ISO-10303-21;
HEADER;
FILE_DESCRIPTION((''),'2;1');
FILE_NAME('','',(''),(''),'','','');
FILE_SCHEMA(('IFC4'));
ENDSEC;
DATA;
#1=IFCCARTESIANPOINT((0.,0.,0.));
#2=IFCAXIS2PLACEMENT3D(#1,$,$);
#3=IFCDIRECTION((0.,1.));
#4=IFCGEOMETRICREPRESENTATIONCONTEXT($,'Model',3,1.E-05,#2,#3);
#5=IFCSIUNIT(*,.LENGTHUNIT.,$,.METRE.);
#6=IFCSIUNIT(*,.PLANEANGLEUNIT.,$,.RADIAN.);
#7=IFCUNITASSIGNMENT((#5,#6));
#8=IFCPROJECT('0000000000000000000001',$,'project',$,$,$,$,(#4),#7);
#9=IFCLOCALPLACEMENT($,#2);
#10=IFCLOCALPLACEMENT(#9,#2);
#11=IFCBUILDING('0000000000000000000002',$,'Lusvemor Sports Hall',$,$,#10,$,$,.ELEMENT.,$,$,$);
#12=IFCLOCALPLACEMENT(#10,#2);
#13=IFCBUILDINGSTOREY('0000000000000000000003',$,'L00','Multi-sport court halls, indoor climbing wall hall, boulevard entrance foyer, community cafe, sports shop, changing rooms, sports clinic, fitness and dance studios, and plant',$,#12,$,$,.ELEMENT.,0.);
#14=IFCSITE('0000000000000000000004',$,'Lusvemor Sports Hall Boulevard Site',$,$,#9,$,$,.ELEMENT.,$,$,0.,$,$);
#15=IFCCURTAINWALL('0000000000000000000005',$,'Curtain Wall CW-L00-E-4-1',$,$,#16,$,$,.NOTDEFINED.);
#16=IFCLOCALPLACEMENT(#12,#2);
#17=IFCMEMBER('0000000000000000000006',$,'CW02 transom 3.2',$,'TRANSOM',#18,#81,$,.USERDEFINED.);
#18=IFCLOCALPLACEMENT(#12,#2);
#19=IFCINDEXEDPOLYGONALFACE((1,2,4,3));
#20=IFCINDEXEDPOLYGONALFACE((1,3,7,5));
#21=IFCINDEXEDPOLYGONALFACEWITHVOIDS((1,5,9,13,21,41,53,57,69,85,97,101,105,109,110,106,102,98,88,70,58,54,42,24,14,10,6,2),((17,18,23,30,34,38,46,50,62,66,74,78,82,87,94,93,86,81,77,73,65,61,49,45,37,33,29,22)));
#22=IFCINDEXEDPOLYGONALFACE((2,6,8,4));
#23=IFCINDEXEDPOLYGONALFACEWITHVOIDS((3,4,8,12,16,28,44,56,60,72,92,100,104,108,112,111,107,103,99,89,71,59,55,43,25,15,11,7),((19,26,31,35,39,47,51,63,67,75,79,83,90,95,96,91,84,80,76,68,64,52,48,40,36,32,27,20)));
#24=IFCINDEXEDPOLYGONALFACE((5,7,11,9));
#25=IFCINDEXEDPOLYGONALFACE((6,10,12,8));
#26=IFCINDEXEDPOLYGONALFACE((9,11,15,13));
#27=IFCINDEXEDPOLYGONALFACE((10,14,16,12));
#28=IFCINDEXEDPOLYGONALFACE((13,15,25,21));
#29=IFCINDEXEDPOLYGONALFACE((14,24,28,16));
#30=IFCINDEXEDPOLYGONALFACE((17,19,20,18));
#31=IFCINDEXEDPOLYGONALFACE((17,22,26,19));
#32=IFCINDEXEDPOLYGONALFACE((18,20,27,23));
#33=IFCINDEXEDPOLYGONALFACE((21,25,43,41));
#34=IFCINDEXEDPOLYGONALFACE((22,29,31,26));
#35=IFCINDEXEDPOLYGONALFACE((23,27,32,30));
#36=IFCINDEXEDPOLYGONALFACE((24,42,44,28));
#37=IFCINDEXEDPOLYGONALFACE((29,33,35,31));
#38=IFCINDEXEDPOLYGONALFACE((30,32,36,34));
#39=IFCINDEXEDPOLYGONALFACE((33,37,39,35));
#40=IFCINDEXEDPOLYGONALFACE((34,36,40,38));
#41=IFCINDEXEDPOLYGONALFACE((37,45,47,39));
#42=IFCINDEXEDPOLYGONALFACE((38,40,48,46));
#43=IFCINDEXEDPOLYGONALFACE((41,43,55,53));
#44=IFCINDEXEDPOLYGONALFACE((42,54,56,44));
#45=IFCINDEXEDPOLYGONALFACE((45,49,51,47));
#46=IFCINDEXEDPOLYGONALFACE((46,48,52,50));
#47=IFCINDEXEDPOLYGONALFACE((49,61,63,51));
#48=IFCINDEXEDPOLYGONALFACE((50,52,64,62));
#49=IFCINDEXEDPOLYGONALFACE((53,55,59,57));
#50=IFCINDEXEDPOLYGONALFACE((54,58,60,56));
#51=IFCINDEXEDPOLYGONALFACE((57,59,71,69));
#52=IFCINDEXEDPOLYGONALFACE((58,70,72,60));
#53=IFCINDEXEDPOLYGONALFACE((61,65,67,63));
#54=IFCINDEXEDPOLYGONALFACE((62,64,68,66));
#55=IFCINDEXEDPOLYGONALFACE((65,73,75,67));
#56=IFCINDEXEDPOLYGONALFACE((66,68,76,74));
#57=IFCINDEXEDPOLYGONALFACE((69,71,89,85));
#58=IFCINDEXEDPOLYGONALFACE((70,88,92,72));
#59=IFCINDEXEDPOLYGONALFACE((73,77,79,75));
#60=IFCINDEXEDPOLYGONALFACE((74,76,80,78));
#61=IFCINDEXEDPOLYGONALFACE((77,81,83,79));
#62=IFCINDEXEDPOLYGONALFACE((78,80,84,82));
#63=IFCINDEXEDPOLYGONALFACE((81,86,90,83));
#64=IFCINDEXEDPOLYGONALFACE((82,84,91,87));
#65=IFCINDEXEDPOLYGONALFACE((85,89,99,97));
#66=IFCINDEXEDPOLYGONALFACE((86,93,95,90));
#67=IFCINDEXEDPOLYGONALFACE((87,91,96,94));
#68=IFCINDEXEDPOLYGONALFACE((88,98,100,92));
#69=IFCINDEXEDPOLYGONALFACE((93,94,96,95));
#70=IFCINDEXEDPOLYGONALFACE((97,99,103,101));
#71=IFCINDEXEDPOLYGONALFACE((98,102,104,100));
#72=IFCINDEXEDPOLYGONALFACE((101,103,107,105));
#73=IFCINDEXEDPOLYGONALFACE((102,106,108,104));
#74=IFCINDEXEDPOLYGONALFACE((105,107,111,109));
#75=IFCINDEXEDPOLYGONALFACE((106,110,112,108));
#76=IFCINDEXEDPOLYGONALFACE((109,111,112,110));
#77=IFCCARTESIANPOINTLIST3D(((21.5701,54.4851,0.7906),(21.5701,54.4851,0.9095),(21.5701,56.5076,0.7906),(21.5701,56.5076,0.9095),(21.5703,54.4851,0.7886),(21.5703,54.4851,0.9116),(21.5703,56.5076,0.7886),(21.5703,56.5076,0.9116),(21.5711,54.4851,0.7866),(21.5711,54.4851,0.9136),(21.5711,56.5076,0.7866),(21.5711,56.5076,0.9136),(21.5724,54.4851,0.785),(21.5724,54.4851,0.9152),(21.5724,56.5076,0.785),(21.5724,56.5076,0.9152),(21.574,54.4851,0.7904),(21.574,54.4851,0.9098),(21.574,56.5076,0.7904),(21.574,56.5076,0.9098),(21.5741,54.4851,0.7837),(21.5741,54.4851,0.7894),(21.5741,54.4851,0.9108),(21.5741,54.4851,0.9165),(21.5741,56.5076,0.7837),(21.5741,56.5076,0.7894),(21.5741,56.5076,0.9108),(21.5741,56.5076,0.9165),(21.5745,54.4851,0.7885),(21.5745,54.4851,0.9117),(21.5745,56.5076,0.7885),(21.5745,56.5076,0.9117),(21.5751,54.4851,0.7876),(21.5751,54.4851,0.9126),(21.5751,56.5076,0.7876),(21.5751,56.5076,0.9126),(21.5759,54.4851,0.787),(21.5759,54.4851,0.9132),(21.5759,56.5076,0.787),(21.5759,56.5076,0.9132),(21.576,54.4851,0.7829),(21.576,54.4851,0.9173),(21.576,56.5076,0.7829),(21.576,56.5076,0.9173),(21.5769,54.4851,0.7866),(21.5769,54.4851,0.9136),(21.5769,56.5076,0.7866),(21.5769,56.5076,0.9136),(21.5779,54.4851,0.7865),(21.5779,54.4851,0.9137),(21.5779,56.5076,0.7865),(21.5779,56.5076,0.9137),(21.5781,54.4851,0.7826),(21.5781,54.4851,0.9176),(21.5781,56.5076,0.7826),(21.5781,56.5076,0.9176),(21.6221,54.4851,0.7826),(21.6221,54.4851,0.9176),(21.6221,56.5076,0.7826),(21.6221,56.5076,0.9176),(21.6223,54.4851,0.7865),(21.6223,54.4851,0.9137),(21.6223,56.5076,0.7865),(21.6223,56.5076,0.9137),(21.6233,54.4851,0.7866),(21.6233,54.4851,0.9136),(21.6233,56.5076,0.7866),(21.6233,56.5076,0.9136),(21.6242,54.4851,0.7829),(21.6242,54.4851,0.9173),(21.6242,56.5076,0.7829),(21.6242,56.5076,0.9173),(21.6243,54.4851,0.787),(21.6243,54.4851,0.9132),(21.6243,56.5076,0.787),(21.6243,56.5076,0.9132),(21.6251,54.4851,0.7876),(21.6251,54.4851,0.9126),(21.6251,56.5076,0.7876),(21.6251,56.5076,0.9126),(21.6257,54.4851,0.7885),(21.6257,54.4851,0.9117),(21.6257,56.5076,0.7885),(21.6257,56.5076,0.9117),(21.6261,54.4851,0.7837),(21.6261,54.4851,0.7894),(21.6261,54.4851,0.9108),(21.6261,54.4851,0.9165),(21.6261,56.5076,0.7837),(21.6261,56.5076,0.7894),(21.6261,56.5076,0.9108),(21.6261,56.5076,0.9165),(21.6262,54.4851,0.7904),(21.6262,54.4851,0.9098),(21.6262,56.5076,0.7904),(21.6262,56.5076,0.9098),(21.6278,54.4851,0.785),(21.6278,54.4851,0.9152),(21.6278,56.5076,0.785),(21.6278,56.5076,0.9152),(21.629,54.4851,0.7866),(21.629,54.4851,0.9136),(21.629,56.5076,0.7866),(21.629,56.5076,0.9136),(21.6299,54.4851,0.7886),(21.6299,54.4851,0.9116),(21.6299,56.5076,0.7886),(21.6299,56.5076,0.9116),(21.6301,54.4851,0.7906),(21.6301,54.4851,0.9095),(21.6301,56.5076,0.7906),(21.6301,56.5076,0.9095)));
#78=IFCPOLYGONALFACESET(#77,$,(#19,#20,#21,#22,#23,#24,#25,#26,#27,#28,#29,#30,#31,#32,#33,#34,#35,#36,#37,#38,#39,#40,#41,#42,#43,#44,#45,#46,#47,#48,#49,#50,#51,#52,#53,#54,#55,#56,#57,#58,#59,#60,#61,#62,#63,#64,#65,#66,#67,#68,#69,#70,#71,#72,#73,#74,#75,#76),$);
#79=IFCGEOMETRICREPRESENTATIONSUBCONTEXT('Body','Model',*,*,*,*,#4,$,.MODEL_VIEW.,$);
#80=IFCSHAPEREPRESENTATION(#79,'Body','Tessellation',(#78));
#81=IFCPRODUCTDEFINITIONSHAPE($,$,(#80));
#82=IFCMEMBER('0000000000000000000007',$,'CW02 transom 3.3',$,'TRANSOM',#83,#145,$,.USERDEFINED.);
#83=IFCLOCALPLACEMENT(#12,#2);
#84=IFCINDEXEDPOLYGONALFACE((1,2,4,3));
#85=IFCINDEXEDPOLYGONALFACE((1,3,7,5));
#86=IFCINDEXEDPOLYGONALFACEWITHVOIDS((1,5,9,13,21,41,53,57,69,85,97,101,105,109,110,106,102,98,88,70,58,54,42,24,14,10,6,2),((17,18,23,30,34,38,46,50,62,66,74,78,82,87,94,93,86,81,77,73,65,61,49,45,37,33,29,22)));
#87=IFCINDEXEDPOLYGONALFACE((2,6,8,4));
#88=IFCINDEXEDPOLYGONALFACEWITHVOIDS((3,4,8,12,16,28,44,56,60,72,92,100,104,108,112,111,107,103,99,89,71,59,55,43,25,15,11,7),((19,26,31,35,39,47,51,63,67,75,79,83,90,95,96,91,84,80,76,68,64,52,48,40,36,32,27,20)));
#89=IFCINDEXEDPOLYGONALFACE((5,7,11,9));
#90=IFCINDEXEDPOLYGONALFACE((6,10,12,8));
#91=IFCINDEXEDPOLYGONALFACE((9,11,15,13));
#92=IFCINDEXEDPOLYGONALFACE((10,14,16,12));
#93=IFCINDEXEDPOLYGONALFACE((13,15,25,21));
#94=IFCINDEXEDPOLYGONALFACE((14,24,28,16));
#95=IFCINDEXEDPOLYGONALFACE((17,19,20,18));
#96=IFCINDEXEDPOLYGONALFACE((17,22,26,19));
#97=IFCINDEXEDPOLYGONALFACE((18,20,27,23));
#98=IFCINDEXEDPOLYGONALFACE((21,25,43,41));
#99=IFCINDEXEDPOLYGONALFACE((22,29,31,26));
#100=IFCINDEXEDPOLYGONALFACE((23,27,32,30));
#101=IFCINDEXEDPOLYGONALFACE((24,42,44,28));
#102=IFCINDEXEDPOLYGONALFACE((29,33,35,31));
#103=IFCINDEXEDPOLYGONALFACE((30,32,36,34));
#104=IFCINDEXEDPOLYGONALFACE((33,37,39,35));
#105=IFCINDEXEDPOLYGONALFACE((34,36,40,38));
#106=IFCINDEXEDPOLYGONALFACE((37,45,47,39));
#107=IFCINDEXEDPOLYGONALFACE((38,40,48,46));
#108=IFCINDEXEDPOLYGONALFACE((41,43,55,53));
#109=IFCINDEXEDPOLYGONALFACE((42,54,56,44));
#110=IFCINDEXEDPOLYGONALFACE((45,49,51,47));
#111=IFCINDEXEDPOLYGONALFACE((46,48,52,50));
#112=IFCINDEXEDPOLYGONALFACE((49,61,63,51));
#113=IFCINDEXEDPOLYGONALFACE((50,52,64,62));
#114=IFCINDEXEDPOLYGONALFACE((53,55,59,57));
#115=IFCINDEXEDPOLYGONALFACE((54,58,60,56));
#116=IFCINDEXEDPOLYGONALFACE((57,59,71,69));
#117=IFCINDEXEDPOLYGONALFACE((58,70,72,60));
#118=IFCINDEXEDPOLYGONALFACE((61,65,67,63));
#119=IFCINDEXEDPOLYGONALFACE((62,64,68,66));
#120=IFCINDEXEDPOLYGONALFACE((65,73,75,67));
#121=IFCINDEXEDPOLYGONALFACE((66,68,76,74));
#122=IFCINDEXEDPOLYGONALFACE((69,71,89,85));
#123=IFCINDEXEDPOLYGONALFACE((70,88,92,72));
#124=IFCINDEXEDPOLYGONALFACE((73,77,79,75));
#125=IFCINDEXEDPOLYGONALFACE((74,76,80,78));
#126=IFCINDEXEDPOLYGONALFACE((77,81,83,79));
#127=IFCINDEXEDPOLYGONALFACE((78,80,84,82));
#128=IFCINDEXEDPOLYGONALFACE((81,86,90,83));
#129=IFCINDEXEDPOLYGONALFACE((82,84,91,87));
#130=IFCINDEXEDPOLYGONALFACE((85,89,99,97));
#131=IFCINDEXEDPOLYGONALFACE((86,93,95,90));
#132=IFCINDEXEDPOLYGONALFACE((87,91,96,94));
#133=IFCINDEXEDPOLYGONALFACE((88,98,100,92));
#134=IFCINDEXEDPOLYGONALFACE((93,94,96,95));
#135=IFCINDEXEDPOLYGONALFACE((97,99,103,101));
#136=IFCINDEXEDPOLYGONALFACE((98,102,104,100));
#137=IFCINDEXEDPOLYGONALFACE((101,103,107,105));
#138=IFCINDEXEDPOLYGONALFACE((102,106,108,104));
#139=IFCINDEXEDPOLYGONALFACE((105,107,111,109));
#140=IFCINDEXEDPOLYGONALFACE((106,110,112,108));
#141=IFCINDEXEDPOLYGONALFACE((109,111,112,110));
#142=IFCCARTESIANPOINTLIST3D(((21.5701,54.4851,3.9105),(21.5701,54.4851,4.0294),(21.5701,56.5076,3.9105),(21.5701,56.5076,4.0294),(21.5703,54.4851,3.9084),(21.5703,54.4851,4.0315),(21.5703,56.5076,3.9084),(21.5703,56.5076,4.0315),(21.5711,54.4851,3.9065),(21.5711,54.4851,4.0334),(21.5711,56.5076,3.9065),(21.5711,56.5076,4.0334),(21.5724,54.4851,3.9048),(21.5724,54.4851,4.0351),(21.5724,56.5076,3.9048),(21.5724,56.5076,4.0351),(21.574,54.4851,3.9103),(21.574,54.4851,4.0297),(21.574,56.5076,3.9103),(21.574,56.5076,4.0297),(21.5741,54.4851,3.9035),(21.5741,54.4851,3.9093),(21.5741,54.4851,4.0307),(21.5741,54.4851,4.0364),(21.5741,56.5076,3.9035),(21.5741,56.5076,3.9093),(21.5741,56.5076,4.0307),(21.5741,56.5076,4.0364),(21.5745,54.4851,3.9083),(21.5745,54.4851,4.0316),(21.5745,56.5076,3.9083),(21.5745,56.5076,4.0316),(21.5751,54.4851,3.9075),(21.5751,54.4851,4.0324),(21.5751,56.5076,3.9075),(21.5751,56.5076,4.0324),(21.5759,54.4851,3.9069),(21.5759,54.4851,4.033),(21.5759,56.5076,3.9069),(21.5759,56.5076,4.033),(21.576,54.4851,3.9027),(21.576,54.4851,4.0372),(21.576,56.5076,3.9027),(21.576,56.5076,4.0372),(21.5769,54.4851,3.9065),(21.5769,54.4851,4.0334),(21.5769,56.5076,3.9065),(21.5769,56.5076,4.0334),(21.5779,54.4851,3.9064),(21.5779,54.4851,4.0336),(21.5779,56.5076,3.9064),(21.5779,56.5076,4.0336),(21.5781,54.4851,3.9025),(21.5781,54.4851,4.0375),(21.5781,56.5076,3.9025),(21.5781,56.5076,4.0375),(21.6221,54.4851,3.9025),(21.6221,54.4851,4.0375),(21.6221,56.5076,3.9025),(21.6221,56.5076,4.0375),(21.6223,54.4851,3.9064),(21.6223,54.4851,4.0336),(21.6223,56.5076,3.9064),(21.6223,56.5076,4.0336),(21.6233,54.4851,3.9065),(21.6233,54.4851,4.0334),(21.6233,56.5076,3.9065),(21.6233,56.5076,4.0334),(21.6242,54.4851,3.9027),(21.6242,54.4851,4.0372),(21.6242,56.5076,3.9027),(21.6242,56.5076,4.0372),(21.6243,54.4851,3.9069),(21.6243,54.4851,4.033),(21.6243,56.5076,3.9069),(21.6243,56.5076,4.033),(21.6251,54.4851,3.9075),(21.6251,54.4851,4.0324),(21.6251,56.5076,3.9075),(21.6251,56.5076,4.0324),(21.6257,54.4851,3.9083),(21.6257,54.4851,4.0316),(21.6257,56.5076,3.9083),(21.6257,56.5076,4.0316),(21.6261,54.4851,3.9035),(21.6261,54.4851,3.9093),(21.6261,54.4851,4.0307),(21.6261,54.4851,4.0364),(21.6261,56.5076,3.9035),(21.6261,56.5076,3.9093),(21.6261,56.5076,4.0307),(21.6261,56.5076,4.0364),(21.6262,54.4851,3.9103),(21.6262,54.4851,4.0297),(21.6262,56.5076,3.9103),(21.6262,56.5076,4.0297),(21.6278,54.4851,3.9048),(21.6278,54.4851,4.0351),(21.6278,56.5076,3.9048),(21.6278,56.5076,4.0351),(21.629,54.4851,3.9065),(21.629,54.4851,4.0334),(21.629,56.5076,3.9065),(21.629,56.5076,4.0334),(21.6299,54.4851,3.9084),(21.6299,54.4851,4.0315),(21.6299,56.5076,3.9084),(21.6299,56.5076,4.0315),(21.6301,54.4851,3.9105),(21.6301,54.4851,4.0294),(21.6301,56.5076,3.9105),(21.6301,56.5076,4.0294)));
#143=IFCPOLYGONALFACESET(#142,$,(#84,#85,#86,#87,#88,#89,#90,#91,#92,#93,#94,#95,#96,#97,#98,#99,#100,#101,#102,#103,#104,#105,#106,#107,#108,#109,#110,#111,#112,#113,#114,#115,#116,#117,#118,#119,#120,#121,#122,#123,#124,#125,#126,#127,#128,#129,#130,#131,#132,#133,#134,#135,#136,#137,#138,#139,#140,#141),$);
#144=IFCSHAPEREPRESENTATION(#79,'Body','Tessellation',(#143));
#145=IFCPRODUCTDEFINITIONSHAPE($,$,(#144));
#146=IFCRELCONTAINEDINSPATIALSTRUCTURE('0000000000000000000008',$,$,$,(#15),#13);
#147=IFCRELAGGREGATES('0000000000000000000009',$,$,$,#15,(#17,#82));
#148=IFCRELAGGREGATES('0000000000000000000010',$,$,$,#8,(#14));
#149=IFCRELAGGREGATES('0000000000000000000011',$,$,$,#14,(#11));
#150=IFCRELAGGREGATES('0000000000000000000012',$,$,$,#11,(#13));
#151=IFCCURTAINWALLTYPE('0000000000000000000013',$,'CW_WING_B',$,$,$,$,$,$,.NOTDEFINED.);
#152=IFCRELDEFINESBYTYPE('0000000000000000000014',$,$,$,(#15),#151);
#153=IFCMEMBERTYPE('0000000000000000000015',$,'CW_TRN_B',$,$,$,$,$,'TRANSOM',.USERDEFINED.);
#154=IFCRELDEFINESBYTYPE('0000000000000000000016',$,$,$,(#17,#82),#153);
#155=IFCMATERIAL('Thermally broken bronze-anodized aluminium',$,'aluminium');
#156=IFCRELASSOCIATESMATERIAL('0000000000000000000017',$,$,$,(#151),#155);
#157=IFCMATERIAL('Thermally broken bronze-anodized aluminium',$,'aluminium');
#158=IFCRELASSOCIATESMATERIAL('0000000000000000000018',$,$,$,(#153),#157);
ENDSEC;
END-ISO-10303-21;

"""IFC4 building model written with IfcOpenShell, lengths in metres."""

from ifc_helpers import new_model, si_unit, direction, frame, origin, origin_2d, place, context, subcontext, project, spatial, hollow_rectangle, extrude, material, material_profile, profile_set, type_object, element, aggregate, save


model = new_model("IFC4")

# Units and contexts
model_context = context("Model", 3, precision=1e-05, world=origin(), true_north=direction((0.0, 1.0)))
body_context = subcontext(model_context, "Body", "Model", "MODEL_VIEW")
ifc_project = project(units=[si_unit("LENGTHUNIT", "METRE"), si_unit("PLANEANGLEUNIT", "RADIAN")], contexts=[model_context])

# Site, building, storey
site_placement = place(None, origin())
site = spatial("IfcSite", under=ifc_project, at=site_placement, Name="Lusvemor Sports Hall Boulevard Site", CompositionType="ELEMENT", RefElevation=0.0)
building_placement = place(site_placement, origin())
building = spatial("IfcBuilding", under=site, at=building_placement, Name="Lusvemor Sports Hall", CompositionType="ELEMENT")
storey_placement = place(building_placement, origin())
storey = spatial("IfcBuildingStorey", under=building, at=storey_placement, Name="L00", Description="Multi-sport court halls, indoor climbing wall hall, boulevard entrance foyer, community cafe, sports shop, changing rooms, sports clinic, fitness and dance studios, and plant", CompositionType="ELEMENT", Elevation=0.0)

# Curtain wall, members
ifc_material_1 = material(Name="Thermally broken bronze-anodized aluminium", Category="aluminium")
curtain_wall_type = type_object("IfcCurtainWallType", Name="CW_WING_B", PredefinedType="NOTDEFINED", material=ifc_material_1)
curtain_wall_placement = place(storey_placement, origin())
curtain_wall = element("IfcCurtainWall", 1, at=curtain_wall_placement, inside=storey, type_object=curtain_wall_type, Name="Curtain Wall CW-L00-E-4-1", PredefinedType="NOTDEFINED")
ifc_material_2 = material(Name="Thermally broken bronze-anodized aluminium", Category="aluminium")
ifc_material_profile_1 = material_profile(ifc_material_2, hollow_rectangle(XDim=0.0601, YDim=0.135, WallThickness=0.0039, InnerFilletRadius=0.0039, OuterFilletRadius=0.0081, at=origin_2d()), Name="CWTRN135x60x4")
ifc_profile_set_1 = profile_set([ifc_material_profile_1], Name="Thermally broken bronze-anodized aluminium")
member_type_1 = type_object("IfcMemberType", Name="CW_TRN_B", ElementType="TRANSOM", PredefinedType="USERDEFINED", material=ifc_profile_set_1)
member_1_placement = place(storey_placement, frame((21.6001, 56.5076, 0.8501), z_axis=(0.0, -1.0, 0.0), x_axis=(1.0, 0.0, 0.0)))
member_1 = element("IfcMember", 2, at=member_1_placement, type_object=member_type_1, Name="CW02 transom 3.2", ObjectType="TRANSOM", PredefinedType="USERDEFINED", context=body_context, shape_type="SweptSolid", body=[
    extrude(hollow_rectangle(XDim=0.0601, YDim=0.135, WallThickness=0.0039, InnerFilletRadius=0.0039, OuterFilletRadius=0.0081, at=origin_2d()), origin(), (0.0, 0.0, 1.0), 2.0225),
])
member_2_placement = place(storey_placement, frame((21.6001, 56.5076, 3.97), z_axis=(0.0, -1.0, 0.0), x_axis=(1.0, 0.0, 0.0)))
member_2 = element("IfcMember", 3, at=member_2_placement, type_object=member_type_1, Name="CW02 transom 3.3", ObjectType="TRANSOM", PredefinedType="USERDEFINED", context=body_context, shape_type="SweptSolid", body=[
    extrude(hollow_rectangle(XDim=0.0601, YDim=0.135, WallThickness=0.0039, InnerFilletRadius=0.0039, OuterFilletRadius=0.0081, at=origin_2d()), origin(), (0.0, 0.0, 1.0), 2.0225),
])
aggregate(curtain_wall, [member_1, member_2])

save(model, "model.ifc")
